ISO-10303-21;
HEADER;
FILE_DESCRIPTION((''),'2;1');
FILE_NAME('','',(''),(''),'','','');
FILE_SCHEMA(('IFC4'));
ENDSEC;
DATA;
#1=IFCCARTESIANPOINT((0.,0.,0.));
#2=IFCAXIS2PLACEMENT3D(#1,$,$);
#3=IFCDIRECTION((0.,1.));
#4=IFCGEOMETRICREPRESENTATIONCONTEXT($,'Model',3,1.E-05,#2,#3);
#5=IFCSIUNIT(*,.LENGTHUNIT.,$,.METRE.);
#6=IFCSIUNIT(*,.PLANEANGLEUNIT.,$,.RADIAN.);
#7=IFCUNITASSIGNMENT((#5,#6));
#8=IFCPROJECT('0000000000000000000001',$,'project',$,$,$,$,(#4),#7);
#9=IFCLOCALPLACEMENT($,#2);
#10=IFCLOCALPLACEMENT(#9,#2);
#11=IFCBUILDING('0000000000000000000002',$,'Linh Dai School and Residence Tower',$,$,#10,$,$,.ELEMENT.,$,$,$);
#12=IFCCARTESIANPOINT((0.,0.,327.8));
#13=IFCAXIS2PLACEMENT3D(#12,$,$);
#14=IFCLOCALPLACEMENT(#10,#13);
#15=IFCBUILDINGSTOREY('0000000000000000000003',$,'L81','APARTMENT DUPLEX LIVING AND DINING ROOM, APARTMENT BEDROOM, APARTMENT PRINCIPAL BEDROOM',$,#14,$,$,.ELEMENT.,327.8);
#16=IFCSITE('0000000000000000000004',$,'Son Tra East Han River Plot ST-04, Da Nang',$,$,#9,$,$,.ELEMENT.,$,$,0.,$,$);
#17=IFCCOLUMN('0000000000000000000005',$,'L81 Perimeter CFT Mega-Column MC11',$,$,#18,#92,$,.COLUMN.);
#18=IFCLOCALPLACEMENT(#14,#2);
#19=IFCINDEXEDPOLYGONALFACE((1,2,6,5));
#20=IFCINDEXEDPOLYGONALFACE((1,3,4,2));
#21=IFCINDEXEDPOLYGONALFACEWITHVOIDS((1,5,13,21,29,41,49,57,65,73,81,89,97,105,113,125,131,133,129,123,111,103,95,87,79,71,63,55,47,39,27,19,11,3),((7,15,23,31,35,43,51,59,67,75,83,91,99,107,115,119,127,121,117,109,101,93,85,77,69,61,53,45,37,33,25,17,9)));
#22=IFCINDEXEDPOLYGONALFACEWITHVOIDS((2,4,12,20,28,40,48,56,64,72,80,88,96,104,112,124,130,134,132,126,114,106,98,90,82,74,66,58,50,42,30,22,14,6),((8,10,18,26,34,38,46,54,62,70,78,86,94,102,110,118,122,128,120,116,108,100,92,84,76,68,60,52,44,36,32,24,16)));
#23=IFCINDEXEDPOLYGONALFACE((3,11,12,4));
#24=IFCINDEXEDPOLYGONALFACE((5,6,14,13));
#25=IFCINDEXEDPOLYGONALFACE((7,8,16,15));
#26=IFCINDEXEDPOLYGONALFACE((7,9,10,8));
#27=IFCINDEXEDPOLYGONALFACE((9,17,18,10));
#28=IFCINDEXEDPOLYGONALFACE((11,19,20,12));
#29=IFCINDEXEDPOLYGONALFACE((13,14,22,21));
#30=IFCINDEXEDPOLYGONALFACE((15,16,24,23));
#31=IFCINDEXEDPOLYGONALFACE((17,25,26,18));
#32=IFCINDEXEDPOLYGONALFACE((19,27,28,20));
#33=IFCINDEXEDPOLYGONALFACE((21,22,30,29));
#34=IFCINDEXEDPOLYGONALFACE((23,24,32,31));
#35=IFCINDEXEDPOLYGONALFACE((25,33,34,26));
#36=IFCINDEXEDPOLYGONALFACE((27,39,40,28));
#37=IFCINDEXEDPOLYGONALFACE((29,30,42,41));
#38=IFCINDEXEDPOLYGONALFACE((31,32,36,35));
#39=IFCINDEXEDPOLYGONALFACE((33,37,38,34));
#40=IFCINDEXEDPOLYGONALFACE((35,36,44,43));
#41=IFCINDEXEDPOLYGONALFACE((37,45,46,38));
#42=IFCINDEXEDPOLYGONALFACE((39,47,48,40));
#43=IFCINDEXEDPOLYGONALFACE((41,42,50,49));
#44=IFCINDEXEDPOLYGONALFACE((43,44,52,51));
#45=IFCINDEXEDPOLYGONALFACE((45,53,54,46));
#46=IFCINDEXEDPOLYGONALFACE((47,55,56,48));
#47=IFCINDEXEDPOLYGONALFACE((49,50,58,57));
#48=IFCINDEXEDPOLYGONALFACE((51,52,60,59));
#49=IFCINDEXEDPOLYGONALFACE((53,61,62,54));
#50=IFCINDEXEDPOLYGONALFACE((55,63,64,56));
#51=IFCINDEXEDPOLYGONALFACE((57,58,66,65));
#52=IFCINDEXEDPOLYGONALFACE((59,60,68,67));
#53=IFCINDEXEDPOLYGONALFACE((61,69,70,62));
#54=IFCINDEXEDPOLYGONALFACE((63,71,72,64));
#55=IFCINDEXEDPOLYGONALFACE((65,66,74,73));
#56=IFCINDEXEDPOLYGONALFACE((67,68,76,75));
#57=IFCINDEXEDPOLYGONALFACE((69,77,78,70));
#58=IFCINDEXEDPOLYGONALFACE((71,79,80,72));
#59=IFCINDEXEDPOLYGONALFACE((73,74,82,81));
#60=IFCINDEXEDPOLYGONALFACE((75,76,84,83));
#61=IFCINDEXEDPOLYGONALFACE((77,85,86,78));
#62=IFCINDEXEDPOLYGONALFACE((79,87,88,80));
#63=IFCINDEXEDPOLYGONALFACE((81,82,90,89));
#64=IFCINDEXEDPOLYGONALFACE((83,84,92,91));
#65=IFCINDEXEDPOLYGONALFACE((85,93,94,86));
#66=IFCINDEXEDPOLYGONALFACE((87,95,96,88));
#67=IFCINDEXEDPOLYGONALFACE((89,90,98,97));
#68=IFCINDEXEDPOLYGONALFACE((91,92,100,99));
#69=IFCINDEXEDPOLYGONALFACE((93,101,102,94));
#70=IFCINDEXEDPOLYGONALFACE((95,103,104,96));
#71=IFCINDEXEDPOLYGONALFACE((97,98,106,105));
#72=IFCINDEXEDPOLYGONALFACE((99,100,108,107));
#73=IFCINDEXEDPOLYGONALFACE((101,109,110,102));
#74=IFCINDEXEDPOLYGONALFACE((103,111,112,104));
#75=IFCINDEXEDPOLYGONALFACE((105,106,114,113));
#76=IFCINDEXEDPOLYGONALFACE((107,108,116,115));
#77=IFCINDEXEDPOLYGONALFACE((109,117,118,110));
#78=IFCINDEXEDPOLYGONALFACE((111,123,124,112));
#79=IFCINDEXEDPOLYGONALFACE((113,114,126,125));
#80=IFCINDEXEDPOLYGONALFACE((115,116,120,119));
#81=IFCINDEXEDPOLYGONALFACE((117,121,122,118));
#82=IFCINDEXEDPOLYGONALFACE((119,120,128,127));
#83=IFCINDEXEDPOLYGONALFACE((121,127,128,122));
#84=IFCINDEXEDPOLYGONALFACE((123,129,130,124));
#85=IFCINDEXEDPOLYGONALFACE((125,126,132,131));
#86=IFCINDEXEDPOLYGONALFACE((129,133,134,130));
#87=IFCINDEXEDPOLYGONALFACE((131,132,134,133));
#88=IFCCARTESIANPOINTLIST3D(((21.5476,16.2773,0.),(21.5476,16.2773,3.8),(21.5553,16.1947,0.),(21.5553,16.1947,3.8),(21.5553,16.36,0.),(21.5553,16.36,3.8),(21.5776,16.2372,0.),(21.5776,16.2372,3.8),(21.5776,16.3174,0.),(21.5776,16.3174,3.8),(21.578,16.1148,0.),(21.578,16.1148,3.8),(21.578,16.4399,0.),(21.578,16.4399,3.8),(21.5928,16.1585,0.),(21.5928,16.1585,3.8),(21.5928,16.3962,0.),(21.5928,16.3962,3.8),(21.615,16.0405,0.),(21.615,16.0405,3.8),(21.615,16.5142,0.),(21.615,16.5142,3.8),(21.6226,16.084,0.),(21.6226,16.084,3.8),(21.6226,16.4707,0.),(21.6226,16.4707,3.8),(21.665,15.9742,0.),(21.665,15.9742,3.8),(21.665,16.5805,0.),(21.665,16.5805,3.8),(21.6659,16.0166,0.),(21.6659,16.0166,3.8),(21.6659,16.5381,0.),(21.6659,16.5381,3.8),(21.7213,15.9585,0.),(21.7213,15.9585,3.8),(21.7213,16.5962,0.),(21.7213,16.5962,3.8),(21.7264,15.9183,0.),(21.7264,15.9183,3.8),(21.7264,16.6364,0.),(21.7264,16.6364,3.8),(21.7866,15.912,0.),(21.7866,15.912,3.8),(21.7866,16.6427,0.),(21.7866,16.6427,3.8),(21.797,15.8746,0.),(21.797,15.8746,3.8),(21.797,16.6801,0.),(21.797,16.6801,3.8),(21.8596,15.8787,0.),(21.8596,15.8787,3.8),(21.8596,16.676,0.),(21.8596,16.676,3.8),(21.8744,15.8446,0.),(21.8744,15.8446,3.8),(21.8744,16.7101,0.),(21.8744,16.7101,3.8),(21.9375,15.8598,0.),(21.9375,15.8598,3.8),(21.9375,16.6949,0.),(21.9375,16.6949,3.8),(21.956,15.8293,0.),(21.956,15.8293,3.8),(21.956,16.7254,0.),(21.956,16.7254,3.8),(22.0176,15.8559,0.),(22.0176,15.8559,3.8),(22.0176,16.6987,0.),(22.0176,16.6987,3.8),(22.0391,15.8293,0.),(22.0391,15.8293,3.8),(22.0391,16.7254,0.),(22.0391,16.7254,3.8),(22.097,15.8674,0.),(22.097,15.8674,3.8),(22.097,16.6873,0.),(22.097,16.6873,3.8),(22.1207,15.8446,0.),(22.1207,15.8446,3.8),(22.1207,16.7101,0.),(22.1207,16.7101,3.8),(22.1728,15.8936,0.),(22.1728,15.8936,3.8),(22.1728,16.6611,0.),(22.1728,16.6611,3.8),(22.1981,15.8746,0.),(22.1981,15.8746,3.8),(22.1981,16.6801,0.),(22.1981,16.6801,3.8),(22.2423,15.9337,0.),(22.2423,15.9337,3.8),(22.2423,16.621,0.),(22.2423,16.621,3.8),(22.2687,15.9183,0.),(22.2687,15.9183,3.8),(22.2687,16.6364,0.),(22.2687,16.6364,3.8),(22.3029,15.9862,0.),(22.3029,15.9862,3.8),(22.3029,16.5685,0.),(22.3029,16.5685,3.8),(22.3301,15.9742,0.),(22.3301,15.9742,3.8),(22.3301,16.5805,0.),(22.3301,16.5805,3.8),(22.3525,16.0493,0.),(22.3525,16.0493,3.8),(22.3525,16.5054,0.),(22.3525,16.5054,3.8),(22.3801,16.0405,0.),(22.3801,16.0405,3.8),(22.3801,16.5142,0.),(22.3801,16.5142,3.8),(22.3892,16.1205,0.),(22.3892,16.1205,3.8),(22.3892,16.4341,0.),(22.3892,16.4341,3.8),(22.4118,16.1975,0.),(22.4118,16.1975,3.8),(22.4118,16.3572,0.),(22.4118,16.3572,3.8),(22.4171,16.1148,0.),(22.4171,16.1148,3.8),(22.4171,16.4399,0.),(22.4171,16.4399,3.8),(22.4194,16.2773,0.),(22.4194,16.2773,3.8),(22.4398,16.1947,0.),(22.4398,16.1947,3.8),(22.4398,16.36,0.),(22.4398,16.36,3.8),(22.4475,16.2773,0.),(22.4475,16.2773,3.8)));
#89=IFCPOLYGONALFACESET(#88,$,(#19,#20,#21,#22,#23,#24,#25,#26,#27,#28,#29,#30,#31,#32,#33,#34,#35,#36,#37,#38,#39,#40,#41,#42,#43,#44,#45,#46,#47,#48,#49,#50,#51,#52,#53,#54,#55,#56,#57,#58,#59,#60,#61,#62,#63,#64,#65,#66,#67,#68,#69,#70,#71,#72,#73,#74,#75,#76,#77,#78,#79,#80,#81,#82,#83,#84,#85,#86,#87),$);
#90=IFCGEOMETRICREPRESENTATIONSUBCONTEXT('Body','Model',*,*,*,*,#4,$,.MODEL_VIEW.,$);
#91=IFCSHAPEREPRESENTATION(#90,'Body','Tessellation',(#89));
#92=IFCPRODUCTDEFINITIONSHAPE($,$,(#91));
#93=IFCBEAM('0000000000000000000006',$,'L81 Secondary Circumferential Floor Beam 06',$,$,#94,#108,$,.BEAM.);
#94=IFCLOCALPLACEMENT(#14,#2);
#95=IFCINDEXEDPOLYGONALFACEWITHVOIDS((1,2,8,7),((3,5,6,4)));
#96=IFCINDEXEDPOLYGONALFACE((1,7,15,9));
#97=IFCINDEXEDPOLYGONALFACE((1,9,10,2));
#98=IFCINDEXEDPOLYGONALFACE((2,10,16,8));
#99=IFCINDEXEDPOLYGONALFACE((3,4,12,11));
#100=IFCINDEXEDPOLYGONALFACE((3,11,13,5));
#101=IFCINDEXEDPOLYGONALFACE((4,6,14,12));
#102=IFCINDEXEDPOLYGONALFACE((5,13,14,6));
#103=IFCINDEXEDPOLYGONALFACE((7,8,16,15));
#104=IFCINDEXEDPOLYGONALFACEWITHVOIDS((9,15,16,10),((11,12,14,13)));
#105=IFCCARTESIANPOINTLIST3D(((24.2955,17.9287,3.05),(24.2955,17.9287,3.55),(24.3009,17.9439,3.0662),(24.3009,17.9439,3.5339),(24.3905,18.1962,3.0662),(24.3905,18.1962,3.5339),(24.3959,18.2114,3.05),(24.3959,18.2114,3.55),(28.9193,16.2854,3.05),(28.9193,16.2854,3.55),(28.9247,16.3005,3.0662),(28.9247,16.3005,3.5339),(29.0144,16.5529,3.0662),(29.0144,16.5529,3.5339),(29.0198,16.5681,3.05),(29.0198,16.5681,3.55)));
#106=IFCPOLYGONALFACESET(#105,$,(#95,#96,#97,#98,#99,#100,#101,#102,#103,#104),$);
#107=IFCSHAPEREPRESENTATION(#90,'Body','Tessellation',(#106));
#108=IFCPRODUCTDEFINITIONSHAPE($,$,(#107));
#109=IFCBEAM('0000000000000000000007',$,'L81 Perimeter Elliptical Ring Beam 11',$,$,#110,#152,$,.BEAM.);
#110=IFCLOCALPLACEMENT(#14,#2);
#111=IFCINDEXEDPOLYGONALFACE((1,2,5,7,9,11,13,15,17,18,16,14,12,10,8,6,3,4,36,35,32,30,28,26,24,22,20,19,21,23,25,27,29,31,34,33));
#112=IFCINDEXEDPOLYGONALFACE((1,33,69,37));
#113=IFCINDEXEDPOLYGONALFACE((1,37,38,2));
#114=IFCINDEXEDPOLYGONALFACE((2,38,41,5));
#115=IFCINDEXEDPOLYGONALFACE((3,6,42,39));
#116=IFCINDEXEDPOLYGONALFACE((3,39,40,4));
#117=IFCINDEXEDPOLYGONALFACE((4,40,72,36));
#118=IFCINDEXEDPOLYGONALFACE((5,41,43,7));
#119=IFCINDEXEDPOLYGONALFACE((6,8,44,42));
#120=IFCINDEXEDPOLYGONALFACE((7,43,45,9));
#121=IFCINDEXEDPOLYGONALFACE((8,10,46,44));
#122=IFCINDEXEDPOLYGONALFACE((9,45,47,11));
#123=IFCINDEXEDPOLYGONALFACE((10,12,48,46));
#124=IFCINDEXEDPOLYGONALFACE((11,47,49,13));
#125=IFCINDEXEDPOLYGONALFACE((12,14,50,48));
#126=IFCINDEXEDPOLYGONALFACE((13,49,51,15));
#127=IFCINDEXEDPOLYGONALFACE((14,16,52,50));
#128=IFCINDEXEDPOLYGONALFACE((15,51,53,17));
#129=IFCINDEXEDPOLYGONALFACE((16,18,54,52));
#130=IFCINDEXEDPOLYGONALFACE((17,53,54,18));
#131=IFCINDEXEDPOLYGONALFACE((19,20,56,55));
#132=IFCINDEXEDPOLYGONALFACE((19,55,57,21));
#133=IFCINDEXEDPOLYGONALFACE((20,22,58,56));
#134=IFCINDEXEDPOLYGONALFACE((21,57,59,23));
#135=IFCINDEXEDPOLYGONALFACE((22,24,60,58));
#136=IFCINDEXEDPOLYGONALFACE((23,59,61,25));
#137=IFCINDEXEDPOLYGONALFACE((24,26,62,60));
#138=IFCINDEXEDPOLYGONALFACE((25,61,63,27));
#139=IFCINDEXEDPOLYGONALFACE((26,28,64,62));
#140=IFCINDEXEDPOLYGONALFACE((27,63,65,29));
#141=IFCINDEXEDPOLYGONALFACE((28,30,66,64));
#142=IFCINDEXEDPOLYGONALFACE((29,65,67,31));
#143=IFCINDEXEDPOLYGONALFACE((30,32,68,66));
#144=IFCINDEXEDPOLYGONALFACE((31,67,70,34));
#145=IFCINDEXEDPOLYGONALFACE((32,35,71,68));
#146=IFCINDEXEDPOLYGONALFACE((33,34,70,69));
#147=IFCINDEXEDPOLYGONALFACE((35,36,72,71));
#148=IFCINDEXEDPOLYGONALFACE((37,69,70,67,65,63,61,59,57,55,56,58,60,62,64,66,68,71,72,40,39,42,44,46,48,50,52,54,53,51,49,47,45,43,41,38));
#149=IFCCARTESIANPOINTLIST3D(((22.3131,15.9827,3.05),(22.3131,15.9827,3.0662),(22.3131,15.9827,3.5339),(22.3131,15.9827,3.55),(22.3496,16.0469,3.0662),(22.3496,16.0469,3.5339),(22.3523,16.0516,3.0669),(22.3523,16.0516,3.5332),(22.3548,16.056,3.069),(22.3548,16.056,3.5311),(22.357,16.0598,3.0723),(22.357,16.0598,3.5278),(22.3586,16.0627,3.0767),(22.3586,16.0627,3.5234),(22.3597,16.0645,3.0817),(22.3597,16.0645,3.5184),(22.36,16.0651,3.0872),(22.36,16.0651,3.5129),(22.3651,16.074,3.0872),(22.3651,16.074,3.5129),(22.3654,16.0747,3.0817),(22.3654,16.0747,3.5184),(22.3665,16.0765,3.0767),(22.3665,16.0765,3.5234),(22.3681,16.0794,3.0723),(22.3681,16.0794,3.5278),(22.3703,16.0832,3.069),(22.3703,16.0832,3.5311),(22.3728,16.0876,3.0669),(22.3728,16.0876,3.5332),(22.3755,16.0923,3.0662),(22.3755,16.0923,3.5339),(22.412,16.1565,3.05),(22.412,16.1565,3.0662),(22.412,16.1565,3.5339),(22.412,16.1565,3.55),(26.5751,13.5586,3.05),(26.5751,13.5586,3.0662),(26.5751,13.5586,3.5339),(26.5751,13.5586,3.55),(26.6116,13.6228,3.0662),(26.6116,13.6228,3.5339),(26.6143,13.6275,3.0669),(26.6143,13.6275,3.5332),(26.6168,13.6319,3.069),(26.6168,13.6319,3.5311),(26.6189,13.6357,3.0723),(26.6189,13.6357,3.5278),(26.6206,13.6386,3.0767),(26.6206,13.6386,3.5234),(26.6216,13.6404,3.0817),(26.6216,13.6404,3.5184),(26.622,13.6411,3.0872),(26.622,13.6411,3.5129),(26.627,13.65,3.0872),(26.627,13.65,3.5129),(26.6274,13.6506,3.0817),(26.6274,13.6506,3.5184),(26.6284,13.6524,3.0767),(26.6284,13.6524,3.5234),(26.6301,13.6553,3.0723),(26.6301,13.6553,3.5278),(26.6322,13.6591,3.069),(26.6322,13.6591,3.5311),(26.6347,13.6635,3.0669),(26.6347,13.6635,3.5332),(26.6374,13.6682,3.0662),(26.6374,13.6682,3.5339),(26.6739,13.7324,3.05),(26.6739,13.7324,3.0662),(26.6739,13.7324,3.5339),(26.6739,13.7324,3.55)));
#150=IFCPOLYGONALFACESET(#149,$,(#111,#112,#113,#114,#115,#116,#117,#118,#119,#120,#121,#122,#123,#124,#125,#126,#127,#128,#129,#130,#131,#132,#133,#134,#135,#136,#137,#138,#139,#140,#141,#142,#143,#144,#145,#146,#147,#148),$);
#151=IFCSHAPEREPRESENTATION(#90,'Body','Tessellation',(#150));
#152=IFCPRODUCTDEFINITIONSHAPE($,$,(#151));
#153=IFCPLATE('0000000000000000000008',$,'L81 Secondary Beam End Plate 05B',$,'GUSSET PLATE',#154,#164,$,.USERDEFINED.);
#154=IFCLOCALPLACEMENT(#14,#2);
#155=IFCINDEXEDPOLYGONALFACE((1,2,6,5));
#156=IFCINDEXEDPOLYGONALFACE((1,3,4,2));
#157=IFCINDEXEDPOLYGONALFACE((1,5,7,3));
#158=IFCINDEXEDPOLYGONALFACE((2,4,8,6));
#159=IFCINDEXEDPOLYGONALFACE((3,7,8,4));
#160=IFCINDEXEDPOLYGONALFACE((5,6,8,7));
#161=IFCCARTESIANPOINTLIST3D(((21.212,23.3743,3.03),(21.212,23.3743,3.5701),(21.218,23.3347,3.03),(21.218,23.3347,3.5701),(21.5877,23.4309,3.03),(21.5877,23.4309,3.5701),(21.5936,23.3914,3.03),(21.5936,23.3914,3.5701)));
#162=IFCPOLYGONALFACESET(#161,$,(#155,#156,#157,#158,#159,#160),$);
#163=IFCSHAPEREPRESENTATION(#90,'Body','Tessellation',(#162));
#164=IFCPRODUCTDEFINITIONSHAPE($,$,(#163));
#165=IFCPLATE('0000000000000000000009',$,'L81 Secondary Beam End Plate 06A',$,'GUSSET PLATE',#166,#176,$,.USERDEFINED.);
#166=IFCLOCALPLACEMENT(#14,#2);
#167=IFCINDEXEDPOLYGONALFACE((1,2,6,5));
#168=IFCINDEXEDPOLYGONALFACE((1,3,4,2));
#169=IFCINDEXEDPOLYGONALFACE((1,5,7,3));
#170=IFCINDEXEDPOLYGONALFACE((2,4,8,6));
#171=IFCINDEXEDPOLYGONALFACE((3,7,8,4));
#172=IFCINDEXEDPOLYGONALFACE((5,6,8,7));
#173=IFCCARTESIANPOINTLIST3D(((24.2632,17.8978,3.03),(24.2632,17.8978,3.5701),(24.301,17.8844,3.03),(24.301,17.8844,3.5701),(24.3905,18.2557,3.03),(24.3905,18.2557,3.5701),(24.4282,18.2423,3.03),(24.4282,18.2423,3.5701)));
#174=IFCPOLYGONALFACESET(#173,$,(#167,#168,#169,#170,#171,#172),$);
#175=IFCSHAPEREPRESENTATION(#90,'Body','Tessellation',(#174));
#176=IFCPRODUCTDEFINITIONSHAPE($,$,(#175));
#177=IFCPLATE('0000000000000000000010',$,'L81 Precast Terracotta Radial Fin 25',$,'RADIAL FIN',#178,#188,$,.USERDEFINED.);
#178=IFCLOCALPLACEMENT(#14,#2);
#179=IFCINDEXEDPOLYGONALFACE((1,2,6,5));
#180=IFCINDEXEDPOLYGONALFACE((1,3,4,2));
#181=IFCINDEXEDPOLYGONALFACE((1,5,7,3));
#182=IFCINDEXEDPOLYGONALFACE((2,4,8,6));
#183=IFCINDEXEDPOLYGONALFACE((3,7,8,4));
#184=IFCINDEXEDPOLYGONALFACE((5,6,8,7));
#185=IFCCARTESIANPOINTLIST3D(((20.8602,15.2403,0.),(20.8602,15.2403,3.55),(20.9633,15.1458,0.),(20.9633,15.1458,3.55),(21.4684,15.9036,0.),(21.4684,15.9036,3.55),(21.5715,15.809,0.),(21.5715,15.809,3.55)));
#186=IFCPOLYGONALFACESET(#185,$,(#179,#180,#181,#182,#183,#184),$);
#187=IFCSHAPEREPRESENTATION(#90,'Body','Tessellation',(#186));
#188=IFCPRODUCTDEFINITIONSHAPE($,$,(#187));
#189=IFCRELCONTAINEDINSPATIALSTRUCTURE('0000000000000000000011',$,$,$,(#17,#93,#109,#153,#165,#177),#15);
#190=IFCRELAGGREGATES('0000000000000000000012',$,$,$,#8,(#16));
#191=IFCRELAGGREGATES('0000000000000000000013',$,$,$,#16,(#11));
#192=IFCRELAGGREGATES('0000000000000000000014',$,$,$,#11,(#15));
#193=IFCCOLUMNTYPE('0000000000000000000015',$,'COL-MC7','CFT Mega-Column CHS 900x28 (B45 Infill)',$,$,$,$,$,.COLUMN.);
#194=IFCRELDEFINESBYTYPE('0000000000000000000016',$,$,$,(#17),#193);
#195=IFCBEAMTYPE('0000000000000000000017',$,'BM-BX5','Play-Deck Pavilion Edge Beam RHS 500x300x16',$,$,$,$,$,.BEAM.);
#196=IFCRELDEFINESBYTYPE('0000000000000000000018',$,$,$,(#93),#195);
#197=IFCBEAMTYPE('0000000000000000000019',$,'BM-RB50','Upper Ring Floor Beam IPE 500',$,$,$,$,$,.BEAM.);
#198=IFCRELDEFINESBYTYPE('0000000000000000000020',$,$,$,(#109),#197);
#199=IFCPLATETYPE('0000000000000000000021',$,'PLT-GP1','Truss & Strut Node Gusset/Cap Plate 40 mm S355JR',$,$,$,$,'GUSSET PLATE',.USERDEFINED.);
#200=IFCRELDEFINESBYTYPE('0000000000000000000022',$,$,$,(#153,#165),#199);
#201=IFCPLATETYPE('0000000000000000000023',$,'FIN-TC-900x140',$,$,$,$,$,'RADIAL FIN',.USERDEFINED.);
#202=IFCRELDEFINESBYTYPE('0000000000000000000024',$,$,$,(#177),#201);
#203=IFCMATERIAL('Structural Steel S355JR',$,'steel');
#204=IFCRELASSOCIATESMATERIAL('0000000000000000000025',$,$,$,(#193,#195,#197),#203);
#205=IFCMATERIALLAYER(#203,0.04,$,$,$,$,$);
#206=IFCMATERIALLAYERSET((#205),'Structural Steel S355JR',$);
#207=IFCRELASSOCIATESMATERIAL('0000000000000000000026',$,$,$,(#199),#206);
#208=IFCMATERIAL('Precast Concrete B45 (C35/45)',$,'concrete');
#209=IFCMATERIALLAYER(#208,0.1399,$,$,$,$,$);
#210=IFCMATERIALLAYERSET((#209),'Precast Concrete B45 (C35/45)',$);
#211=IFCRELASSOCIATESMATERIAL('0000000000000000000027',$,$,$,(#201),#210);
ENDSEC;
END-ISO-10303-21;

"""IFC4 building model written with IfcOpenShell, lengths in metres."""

from ifc_helpers import new_model, si_unit, direction, frame, origin, origin_2d, place, context, subcontext, project, spatial, rectangle, hollow_rectangle, hollow_circle, i_section, extrude, source, transform, mapped, material, layer, layer_set, material_profile, profile_set, type_object, element, save


model = new_model("IFC4")

# Units and contexts
model_context = context("Model", 3, precision=1e-05, world=origin(), true_north=direction((0.0, 1.0)))
body_context = subcontext(model_context, "Body", "Model", "MODEL_VIEW")
ifc_project = project(units=[si_unit("LENGTHUNIT", "METRE"), si_unit("PLANEANGLEUNIT", "RADIAN")], contexts=[model_context])

# Site, building, storey
site_placement = place(None, origin())
site = spatial("IfcSite", under=ifc_project, at=site_placement, Name="Son Tra East Han River Plot ST-04, Da Nang", CompositionType="ELEMENT", RefElevation=0.0)
building_placement = place(site_placement, origin())
building = spatial("IfcBuilding", under=site, at=building_placement, Name="Linh Dai School and Residence Tower", CompositionType="ELEMENT")
storey_placement = place(building_placement, frame((0.0, 0.0, 327.8)))
storey = spatial("IfcBuildingStorey", under=building, at=storey_placement, Name="L81", Description="APARTMENT DUPLEX LIVING AND DINING ROOM, APARTMENT BEDROOM, APARTMENT PRINCIPAL BEDROOM", CompositionType="ELEMENT", Elevation=327.8)

# Column
ifc_material_1 = material(Name="Structural Steel S355JR", Category="steel")
ifc_material_profile_1 = material_profile(ifc_material_1, hollow_circle(Radius=0.45, WallThickness=0.0281, at=origin_2d()), Name="CHS 900x28")
ifc_profile_set_1 = profile_set([ifc_material_profile_1], Name="Structural Steel S355JR")
column_type = type_object("IfcColumnType", Name="COL-MC7", Description="CFT Mega-Column CHS 900x28 (B45 Infill)", PredefinedType="COLUMN", material=ifc_profile_set_1)
column_placement = place(storey_placement, frame((21.9976, 16.2773, 0.0), z_axis=(0.0, 0.0, 1.0), x_axis=(1.0, 0.0, 0.0)))
element("IfcColumn", 1, at=column_placement, inside=storey, type_object=column_type, Name="L81 Perimeter CFT Mega-Column MC11", PredefinedType="COLUMN", context=body_context, shape_type="SweptSolid", body=[
    extrude(hollow_circle(Radius=0.45, WallThickness=0.0281, at=origin_2d()), origin(), (0.0, 0.0, 1.0), 3.8),
])

# Beams
ifc_material_profile_2 = material_profile(ifc_material_1, hollow_rectangle(XDim=0.3, YDim=0.5, WallThickness=0.0161, at=origin_2d()), Name="RHS 500x300x16")
ifc_profile_set_2 = profile_set([ifc_material_profile_2], Name="Structural Steel S355JR")
beam_type_1 = type_object("IfcBeamType", Name="BM-BX5", Description="Play-Deck Pavilion Edge Beam RHS 500x300x16", PredefinedType="BEAM", material=ifc_profile_set_2)
beam_1_placement = place(storey_placement, frame((24.3457, 18.0701, 3.3), z_axis=(0.94226, -0.334883, 0.0), x_axis=(0.334883, 0.94226, 0.0)))
element("IfcBeam", 2, at=beam_1_placement, inside=storey, type_object=beam_type_1, Name="L81 Secondary Circumferential Floor Beam 06", PredefinedType="BEAM", context=body_context, shape_type="SweptSolid", body=[
    extrude(hollow_rectangle(XDim=0.3, YDim=0.5, WallThickness=0.0161, at=origin_2d()), origin(), (0.0, 0.0, 1.0), 4.9072),
])
ifc_material_profile_3 = material_profile(ifc_material_1, i_section(OverallWidth=0.2, OverallDepth=0.5, WebThickness=0.0103, FlangeThickness=0.0161, FilletRadius=0.021, at=origin_2d()), Name="IPE 500")
ifc_profile_set_3 = profile_set([ifc_material_profile_3], Name="Structural Steel S355JR")
beam_type_2 = type_object("IfcBeamType", Name="BM-RB50", Description="Upper Ring Floor Beam IPE 500", PredefinedType="BEAM", material=ifc_profile_set_3)
beam_2_placement = place(storey_placement, frame((22.3625, 16.0696, 3.3), z_axis=(0.869237, -0.494395, 0.0), x_axis=(0.494395, 0.869237, 0.0)))
element("IfcBeam", 3, at=beam_2_placement, inside=storey, type_object=beam_type_2, Name="L81 Perimeter Elliptical Ring Beam 11", PredefinedType="BEAM", context=body_context, shape_type="SweptSolid", body=[
    extrude(i_section(OverallWidth=0.2, OverallDepth=0.5, WebThickness=0.0103, FlangeThickness=0.0161, FilletRadius=0.021, at=origin_2d()), origin(), (0.0, 0.0, 1.0), 4.9031),
])

# Plates
ifc_layer_1 = layer(ifc_material_1, 0.04)
ifc_layer_set_1 = layer_set([ifc_layer_1], Name="Structural Steel S355JR")
plate_type_1 = type_object("IfcPlateType", Name="PLT-GP1", Description="Truss & Strut Node Gusset/Cap Plate 40 mm S355JR", ElementType="GUSSET PLATE", PredefinedType="USERDEFINED", material=ifc_layer_set_1)
shared_shape_1 = source(origin(), body_context, "Body", "SweptSolid", [
    extrude(rectangle(XDim=0.04, YDim=0.3799, at=origin_2d()), origin(), (0.0, 0.0, 1.0), 0.54),
])
for number, where, z_axis, x_axis, name in (
    (4, (21.4028, 23.3828, 3.03), (0.0, 0.0, 1.0), (0.149196, -0.988808, 0.0), "L81 Secondary Beam End Plate 05B"),
    (5, (24.3457, 18.0701, 3.03), (0.0, 0.0, 1.0), (0.942251, -0.334909, 0.0), "L81 Secondary Beam End Plate 06A"),
):
    element("IfcPlate", number, at=place(storey_placement, frame(where, z_axis=z_axis, x_axis=x_axis)), inside=storey, type_object=plate_type_1, Name=name, ObjectType="GUSSET PLATE", PredefinedType="USERDEFINED", context=body_context, shape_type="MappedRepresentation", body=[
        mapped(shared_shape_1, transform((0.0, 0.0, 0.0), x_axis=(1.0, 0.0, 0.0), y_axis=(0.0, 1.0, 0.0), z_axis=(0.0, 0.0, 1.0), scale=1.0)),
    ])
ifc_material_2 = material(Name="Precast Concrete B45 (C35/45)", Category="concrete")
ifc_layer_2 = layer(ifc_material_2, 0.1399)
ifc_layer_set_2 = layer_set([ifc_layer_2], Name="Precast Concrete B45 (C35/45)")
plate_type_2 = type_object("IfcPlateType", Name="FIN-TC-900x140", ElementType="RADIAL FIN", PredefinedType="USERDEFINED", material=ifc_layer_set_2)
shared_shape_2 = source(origin(), body_context, "Body", "SweptSolid", [
    extrude(rectangle(XDim=0.8999, YDim=0.1399, at=origin_2d()), origin(), (0.0, 0.0, 1.0), 3.55),
])
plate_placement = place(storey_placement, frame((21.2158, 15.5247, 0.0), z_axis=(0.0, 0.0, 1.0), x_axis=(-0.675841, -0.737048, 0.0)))
element("IfcPlate", 6, at=plate_placement, inside=storey, type_object=plate_type_2, Name="L81 Precast Terracotta Radial Fin 25", ObjectType="RADIAL FIN", PredefinedType="USERDEFINED", context=body_context, shape_type="MappedRepresentation", body=[
    mapped(shared_shape_2, transform((0.0, 0.0, 0.0), x_axis=(1.0, 0.0, 0.0), y_axis=(0.0, 1.0, 0.0), z_axis=(0.0, 0.0, 1.0), scale=1.0)),
])

save(model, "model.ifc")
